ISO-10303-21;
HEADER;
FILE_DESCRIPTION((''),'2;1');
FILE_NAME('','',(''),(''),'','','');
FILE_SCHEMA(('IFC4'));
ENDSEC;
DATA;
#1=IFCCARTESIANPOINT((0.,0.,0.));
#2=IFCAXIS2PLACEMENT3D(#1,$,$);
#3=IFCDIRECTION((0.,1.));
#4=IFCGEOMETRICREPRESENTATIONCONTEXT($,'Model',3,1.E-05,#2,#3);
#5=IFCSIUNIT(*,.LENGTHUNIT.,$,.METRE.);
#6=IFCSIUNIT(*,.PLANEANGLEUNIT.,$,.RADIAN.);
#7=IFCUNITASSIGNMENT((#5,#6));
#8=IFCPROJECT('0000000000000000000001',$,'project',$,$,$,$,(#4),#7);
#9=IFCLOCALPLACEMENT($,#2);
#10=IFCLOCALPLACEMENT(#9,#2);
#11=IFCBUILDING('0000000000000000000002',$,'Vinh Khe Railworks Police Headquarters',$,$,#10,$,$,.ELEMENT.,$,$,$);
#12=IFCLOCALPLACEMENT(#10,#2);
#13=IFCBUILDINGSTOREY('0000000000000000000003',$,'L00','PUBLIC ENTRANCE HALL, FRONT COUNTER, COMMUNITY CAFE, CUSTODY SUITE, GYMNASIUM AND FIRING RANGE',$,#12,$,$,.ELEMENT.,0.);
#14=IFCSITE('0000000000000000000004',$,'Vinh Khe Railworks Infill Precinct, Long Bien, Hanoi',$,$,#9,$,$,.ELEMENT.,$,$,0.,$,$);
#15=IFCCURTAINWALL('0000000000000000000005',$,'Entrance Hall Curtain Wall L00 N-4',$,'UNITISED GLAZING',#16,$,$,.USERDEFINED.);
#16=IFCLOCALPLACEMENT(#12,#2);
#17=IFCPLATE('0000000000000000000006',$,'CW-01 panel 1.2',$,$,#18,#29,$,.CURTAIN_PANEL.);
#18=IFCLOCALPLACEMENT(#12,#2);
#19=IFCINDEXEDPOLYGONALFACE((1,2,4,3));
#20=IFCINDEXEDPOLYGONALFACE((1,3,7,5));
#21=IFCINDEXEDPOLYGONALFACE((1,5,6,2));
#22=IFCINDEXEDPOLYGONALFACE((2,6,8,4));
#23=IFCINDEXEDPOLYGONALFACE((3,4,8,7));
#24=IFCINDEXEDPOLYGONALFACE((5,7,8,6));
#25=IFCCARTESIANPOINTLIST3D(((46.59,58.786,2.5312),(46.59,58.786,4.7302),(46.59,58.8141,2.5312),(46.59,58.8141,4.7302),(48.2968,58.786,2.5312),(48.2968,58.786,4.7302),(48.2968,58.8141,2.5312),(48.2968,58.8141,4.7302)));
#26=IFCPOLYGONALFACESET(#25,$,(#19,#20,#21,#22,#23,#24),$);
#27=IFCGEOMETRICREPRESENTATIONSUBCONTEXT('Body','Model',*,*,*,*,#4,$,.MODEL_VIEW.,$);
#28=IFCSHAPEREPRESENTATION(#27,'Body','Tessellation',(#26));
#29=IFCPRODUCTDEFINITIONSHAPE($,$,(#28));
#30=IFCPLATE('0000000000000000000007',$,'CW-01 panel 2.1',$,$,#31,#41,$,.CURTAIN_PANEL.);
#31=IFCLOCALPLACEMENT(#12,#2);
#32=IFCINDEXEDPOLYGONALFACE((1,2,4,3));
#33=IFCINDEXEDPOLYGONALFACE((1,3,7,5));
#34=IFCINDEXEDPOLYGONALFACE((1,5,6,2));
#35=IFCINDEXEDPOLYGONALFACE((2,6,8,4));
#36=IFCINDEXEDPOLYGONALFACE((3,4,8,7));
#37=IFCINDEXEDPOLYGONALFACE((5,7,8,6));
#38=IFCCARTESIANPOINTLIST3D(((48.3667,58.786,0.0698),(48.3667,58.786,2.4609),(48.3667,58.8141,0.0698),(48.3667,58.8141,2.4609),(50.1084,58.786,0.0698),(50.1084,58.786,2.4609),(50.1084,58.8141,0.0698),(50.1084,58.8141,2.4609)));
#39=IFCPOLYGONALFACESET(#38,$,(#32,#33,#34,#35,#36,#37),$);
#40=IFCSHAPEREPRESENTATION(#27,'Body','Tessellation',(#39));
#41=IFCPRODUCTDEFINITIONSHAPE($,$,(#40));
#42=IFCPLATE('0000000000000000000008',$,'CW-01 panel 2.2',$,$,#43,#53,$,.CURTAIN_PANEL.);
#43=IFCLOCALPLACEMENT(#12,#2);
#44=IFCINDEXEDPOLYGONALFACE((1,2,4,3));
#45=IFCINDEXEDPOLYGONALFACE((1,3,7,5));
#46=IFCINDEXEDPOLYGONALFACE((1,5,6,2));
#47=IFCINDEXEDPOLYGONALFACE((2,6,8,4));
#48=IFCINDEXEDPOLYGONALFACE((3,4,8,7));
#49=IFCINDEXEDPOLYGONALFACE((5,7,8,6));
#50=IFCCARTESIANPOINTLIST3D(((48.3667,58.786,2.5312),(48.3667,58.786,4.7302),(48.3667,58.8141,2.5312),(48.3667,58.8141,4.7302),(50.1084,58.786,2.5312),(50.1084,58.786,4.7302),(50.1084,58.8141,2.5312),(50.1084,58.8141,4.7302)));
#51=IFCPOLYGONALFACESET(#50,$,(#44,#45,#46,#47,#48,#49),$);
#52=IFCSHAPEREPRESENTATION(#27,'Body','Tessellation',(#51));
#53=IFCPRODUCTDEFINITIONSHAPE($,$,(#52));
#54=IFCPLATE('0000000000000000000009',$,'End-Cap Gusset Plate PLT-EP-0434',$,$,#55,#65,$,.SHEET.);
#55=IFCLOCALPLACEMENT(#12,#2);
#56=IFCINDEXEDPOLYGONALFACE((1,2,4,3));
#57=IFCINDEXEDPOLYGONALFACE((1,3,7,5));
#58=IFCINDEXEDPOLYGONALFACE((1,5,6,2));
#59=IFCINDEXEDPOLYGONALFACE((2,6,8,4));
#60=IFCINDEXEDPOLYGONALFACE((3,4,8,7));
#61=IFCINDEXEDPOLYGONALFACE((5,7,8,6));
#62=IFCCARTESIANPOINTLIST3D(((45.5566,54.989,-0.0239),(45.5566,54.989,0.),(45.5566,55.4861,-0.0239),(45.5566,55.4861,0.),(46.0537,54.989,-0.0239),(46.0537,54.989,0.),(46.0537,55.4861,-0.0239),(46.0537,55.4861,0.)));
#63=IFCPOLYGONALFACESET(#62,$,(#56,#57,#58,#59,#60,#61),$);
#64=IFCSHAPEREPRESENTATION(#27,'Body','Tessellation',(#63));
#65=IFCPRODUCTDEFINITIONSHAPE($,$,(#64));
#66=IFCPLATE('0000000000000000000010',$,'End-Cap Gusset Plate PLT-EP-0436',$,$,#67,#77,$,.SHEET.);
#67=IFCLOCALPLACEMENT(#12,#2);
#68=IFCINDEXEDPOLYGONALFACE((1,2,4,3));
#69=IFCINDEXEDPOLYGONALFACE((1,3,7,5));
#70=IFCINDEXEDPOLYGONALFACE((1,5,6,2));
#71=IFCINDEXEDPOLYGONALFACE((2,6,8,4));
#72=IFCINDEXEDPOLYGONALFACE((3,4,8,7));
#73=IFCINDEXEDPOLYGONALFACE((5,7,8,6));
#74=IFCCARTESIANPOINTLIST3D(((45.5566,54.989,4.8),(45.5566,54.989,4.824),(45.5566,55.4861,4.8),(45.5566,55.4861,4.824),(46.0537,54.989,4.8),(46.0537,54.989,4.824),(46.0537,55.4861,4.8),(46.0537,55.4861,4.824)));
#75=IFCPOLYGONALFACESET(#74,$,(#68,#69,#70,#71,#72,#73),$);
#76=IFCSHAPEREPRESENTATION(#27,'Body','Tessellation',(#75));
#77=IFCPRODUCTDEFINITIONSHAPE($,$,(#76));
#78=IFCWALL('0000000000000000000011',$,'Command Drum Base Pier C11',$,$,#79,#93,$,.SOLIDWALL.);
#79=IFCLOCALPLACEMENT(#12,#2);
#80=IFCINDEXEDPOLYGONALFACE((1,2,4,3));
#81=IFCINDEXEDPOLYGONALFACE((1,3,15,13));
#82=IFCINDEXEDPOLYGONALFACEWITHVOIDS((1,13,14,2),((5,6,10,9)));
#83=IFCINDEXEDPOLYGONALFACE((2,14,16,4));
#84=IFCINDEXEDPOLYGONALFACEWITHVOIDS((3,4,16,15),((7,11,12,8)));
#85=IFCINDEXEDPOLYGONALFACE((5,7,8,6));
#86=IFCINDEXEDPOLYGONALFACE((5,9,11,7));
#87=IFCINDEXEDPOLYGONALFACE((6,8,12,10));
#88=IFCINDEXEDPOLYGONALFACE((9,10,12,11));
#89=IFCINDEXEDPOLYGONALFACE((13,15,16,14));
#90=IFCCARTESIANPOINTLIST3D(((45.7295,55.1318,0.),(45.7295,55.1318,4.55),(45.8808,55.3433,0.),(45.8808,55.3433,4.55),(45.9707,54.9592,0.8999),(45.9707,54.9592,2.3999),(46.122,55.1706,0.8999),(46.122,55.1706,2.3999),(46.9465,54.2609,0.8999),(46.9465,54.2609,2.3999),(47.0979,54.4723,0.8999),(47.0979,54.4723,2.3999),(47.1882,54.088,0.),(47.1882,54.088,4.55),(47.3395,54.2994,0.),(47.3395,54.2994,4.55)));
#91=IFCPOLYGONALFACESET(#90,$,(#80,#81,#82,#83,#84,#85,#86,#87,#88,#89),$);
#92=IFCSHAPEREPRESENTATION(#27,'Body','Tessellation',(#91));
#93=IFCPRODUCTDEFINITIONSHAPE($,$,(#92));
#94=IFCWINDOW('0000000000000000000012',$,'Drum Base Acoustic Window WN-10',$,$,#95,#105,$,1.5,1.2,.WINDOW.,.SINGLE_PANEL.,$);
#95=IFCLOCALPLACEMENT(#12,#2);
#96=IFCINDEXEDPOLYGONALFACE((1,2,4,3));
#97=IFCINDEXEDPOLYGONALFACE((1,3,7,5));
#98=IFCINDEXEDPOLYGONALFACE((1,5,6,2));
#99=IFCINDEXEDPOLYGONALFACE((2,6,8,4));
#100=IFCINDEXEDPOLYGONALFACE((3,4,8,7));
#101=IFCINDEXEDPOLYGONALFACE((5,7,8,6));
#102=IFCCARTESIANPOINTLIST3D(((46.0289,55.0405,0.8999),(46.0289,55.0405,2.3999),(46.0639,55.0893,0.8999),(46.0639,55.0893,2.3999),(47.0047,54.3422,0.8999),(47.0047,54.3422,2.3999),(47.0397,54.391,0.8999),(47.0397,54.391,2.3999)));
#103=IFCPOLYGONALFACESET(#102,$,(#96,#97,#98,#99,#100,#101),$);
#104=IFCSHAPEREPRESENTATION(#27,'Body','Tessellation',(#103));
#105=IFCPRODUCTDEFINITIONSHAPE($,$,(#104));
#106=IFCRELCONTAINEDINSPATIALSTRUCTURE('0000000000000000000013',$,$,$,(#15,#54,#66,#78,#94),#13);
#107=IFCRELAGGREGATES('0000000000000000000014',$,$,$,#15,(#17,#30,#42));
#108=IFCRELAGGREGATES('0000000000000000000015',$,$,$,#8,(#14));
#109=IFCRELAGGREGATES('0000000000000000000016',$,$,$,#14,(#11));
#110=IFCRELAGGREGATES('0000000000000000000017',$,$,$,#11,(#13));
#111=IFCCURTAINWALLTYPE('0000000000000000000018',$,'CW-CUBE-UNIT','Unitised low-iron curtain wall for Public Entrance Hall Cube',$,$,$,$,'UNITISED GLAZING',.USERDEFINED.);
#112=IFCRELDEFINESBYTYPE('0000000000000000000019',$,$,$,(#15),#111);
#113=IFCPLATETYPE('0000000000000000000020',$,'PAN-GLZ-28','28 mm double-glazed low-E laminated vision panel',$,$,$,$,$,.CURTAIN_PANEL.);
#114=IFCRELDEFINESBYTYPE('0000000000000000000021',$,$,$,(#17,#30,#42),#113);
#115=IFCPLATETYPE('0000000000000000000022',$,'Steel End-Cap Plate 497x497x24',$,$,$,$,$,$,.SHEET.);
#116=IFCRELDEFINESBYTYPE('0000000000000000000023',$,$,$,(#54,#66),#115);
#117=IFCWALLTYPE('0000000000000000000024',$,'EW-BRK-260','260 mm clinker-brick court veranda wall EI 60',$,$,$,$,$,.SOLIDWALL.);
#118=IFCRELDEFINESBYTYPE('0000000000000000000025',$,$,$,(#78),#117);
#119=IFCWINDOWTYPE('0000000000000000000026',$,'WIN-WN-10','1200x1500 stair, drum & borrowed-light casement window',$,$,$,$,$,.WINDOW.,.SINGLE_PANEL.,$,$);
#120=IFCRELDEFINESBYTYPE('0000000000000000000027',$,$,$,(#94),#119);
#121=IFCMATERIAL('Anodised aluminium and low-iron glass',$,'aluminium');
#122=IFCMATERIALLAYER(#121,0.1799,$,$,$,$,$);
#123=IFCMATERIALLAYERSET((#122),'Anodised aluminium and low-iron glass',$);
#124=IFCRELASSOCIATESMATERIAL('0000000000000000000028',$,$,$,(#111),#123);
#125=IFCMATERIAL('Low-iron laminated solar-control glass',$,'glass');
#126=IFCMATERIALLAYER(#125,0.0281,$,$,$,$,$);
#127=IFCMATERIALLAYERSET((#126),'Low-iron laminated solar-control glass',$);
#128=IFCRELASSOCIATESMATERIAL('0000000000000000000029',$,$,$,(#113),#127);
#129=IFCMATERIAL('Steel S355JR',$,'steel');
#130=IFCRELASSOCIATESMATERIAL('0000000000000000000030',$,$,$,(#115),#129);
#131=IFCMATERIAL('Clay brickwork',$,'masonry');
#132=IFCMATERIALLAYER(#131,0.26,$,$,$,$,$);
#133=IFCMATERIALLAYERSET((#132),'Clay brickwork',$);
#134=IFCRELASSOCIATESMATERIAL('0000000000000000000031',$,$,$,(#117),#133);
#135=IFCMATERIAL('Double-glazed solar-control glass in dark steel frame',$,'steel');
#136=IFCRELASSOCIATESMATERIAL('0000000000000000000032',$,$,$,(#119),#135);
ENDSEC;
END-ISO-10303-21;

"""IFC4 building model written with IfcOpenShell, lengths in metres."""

from ifc_helpers import new_model, si_unit, direction, frame, frame_2d, origin, origin_2d, place, context, subcontext, project, spatial, rectangle, extrude, material, layer, layer_set, material_profile, profile_set, type_object, element, fill, aggregate, save


model = new_model("IFC4")

# Units and contexts
model_context = context("Model", 3, precision=1e-05, world=origin(), true_north=direction((0.0, 1.0)))
body_context = subcontext(model_context, "Body", "Model", "MODEL_VIEW")
ifc_project = project(units=[si_unit("LENGTHUNIT", "METRE"), si_unit("PLANEANGLEUNIT", "RADIAN")], contexts=[model_context])

# Site, building, storey
site_placement = place(None, origin())
site = spatial("IfcSite", under=ifc_project, at=site_placement, Name="Vinh Khe Railworks Infill Precinct, Long Bien, Hanoi", CompositionType="ELEMENT", RefElevation=0.0)
building_placement = place(site_placement, origin())
building = spatial("IfcBuilding", under=site, at=building_placement, Name="Vinh Khe Railworks Police Headquarters", CompositionType="ELEMENT")
storey_placement = place(building_placement, origin())
storey = spatial("IfcBuildingStorey", under=building, at=storey_placement, Name="L00", Description="PUBLIC ENTRANCE HALL, FRONT COUNTER, COMMUNITY CAFE, CUSTODY SUITE, GYMNASIUM AND FIRING RANGE", CompositionType="ELEMENT", Elevation=0.0)

# Shared definitions
ifc_material_1 = material(Name="Steel S355JR", Category="steel")

# Shared definitions
ifc_material_2 = material(Name="Anodised aluminium and low-iron glass", Category="aluminium")
ifc_layer_1 = layer(ifc_material_2, 0.1799)
ifc_layer_set_1 = layer_set([ifc_layer_1], Name="Anodised aluminium and low-iron glass")
curtain_wall_type_1 = type_object("IfcCurtainWallType", Name="CW-CUBE-UNIT", Description="Unitised low-iron curtain wall for Public Entrance Hall Cube", ElementType="UNITISED GLAZING", PredefinedType="USERDEFINED", material=ifc_layer_set_1)

# Curtain wall
curtain_wall_1_placement = place(storey_placement, origin())
curtain_wall_1 = element("IfcCurtainWall", 1, at=curtain_wall_1_placement, inside=storey, type_object=curtain_wall_type_1, Name="Entrance Hall Curtain Wall L00 N-4", ObjectType="UNITISED GLAZING", PredefinedType="USERDEFINED")

# Plates
ifc_material_3 = material(Name="Low-iron laminated solar-control glass", Category="glass")
ifc_layer_2 = layer(ifc_material_3, 0.0281)
ifc_layer_set_2 = layer_set([ifc_layer_2], Name="Low-iron laminated solar-control glass")
plate_type_1 = type_object("IfcPlateType", Name="PAN-GLZ-28", Description="28 mm double-glazed low-E laminated vision panel", PredefinedType="CURTAIN_PANEL", material=ifc_layer_set_2)
plate_1_placement = place(storey_placement, frame((47.4434, 58.8, 2.5312), z_axis=(0.0, 0.0, 1.0), x_axis=(1.0, 0.0, 0.0)))
plate_1 = element("IfcPlate", 2, at=plate_1_placement, type_object=plate_type_1, Name="CW-01 panel 1.2", PredefinedType="CURTAIN_PANEL", context=body_context, shape_type="SweptSolid", body=[
    extrude(rectangle(XDim=1.7068, YDim=0.0281, at=origin_2d()), origin(), (0.0, 0.0, 1.0), 2.199),
])
plate_2_placement = place(storey_placement, frame((49.2375, 58.8, 0.0698), z_axis=(0.0, 0.0, 1.0), x_axis=(1.0, 0.0, 0.0)))
plate_2 = element("IfcPlate", 3, at=plate_2_placement, type_object=plate_type_1, Name="CW-01 panel 2.1", PredefinedType="CURTAIN_PANEL", context=body_context, shape_type="SweptSolid", body=[
    extrude(rectangle(XDim=1.7417, YDim=0.0281, at=origin_2d()), origin(), (0.0, 0.0, 1.0), 2.3911),
])
plate_3_placement = place(storey_placement, frame((49.2375, 58.8, 2.5312), z_axis=(0.0, 0.0, 1.0), x_axis=(1.0, 0.0, 0.0)))
plate_3 = element("IfcPlate", 4, at=plate_3_placement, type_object=plate_type_1, Name="CW-01 panel 2.2", PredefinedType="CURTAIN_PANEL", context=body_context, shape_type="SweptSolid", body=[
    extrude(rectangle(XDim=1.7417, YDim=0.0281, at=origin_2d()), origin(), (0.0, 0.0, 1.0), 2.199),
])
aggregate(curtain_wall_1, [plate_1, plate_2, plate_3])

# Plates
ifc_material_profile_1 = material_profile(ifc_material_1, rectangle(XDim=0.4971, YDim=0.4971, at=origin_2d()), Name="PL 497x497")
ifc_profile_set_1 = profile_set([ifc_material_profile_1], Name="Steel S355JR")
plate_type_2 = type_object("IfcPlateType", Name="Steel End-Cap Plate 497x497x24", PredefinedType="SHEET", material=ifc_profile_set_1)
for number, where, z_axis, x_axis, name in (
    (5, (45.8052, 55.2375, 0.0), (0.0, 0.0, -1.0), (1.0, 0.0, 0.0), "End-Cap Gusset Plate PLT-EP-0434"),
    (6, (45.8052, 55.2375, 4.8), (0.0, 0.0, 1.0), (1.0, 0.0, 0.0), "End-Cap Gusset Plate PLT-EP-0436"),
):
    element("IfcPlate", number, at=place(storey_placement, frame(where, z_axis=z_axis, x_axis=x_axis)), inside=storey, type_object=plate_type_2, Name=name, PredefinedType="SHEET", context=body_context, shape_type="SweptSolid", body=[
        extrude(rectangle(XDim=0.4971, YDim=0.4971, at=origin_2d()), origin(), (0.0, 0.0, 1.0), 0.0239),
    ])

# Wall, opening, window
ifc_material_4 = material(Name="Clay brickwork", Category="masonry")
ifc_layer_3 = layer(ifc_material_4, 0.26)
ifc_layer_set_3 = layer_set([ifc_layer_3], Name="Clay brickwork")
wall_type = type_object("IfcWallType", Name="EW-BRK-260", Description="260 mm clinker-brick court veranda wall EI 60", PredefinedType="SOLIDWALL", material=ifc_layer_set_3)
wall_placement = place(storey_placement, frame((47.2639, 54.1936, 0.0), z_axis=(0.0, 0.0, 1.0), x_axis=(-0.813209, 0.581972, 0.0)))
wall = element("IfcWall", 7, at=wall_placement, inside=storey, type_object=wall_type, Name="Command Drum Base Pier C11", PredefinedType="SOLIDWALL", context=body_context, shape_type="SweptSolid", body=[
    extrude(rectangle(XDim=1.7937, YDim=0.26, at=frame_2d((0.897, 0.0))), origin(), (0.0, 0.0, 1.0), 4.55),
])
opening_placement = place(wall_placement, frame((0.2971, 0.0, 0.8999)))
opening = element("IfcOpeningElement", 8, at=opening_placement, cuts=wall, PredefinedType="OPENING", context=body_context, shape_type="SweptSolid", body=[
    extrude(rectangle(XDim=1.2, YDim=1.5, at=frame_2d((0.6001, 0.75))), frame((0.0, 0.145, 0.0), z_axis=(0.0, -1.0, 0.0), x_axis=(1.0, 0.0, 0.0)), (0.0, 0.0, 1.0), 0.2898),
])
ifc_material_5 = material(Name="Double-glazed solar-control glass in dark steel frame", Category="steel")
window_type = type_object("IfcWindowType", Name="WIN-WN-10", Description="1200x1500 stair, drum & borrowed-light casement window", PartitioningType="SINGLE_PANEL", PredefinedType="WINDOW", material=ifc_material_5)
window_placement = place(opening_placement, origin())
window = element("IfcWindow", 9, at=window_placement, inside=storey, type_object=window_type, Name="Drum Base Acoustic Window WN-10", OverallHeight=1.5, OverallWidth=1.2, PartitioningType="SINGLE_PANEL", PredefinedType="WINDOW", context=body_context, shape_type="SweptSolid", body=[
    extrude(rectangle(XDim=1.2, YDim=1.5, at=frame_2d((0.6001, 0.75))), frame((0.0, 0.03, 0.0), z_axis=(0.0, -1.0, 0.0), x_axis=(1.0, 0.0, 0.0)), (0.0, 0.0, 1.0), 0.0601),
])
fill(opening, window)

save(model, "model.ifc")
